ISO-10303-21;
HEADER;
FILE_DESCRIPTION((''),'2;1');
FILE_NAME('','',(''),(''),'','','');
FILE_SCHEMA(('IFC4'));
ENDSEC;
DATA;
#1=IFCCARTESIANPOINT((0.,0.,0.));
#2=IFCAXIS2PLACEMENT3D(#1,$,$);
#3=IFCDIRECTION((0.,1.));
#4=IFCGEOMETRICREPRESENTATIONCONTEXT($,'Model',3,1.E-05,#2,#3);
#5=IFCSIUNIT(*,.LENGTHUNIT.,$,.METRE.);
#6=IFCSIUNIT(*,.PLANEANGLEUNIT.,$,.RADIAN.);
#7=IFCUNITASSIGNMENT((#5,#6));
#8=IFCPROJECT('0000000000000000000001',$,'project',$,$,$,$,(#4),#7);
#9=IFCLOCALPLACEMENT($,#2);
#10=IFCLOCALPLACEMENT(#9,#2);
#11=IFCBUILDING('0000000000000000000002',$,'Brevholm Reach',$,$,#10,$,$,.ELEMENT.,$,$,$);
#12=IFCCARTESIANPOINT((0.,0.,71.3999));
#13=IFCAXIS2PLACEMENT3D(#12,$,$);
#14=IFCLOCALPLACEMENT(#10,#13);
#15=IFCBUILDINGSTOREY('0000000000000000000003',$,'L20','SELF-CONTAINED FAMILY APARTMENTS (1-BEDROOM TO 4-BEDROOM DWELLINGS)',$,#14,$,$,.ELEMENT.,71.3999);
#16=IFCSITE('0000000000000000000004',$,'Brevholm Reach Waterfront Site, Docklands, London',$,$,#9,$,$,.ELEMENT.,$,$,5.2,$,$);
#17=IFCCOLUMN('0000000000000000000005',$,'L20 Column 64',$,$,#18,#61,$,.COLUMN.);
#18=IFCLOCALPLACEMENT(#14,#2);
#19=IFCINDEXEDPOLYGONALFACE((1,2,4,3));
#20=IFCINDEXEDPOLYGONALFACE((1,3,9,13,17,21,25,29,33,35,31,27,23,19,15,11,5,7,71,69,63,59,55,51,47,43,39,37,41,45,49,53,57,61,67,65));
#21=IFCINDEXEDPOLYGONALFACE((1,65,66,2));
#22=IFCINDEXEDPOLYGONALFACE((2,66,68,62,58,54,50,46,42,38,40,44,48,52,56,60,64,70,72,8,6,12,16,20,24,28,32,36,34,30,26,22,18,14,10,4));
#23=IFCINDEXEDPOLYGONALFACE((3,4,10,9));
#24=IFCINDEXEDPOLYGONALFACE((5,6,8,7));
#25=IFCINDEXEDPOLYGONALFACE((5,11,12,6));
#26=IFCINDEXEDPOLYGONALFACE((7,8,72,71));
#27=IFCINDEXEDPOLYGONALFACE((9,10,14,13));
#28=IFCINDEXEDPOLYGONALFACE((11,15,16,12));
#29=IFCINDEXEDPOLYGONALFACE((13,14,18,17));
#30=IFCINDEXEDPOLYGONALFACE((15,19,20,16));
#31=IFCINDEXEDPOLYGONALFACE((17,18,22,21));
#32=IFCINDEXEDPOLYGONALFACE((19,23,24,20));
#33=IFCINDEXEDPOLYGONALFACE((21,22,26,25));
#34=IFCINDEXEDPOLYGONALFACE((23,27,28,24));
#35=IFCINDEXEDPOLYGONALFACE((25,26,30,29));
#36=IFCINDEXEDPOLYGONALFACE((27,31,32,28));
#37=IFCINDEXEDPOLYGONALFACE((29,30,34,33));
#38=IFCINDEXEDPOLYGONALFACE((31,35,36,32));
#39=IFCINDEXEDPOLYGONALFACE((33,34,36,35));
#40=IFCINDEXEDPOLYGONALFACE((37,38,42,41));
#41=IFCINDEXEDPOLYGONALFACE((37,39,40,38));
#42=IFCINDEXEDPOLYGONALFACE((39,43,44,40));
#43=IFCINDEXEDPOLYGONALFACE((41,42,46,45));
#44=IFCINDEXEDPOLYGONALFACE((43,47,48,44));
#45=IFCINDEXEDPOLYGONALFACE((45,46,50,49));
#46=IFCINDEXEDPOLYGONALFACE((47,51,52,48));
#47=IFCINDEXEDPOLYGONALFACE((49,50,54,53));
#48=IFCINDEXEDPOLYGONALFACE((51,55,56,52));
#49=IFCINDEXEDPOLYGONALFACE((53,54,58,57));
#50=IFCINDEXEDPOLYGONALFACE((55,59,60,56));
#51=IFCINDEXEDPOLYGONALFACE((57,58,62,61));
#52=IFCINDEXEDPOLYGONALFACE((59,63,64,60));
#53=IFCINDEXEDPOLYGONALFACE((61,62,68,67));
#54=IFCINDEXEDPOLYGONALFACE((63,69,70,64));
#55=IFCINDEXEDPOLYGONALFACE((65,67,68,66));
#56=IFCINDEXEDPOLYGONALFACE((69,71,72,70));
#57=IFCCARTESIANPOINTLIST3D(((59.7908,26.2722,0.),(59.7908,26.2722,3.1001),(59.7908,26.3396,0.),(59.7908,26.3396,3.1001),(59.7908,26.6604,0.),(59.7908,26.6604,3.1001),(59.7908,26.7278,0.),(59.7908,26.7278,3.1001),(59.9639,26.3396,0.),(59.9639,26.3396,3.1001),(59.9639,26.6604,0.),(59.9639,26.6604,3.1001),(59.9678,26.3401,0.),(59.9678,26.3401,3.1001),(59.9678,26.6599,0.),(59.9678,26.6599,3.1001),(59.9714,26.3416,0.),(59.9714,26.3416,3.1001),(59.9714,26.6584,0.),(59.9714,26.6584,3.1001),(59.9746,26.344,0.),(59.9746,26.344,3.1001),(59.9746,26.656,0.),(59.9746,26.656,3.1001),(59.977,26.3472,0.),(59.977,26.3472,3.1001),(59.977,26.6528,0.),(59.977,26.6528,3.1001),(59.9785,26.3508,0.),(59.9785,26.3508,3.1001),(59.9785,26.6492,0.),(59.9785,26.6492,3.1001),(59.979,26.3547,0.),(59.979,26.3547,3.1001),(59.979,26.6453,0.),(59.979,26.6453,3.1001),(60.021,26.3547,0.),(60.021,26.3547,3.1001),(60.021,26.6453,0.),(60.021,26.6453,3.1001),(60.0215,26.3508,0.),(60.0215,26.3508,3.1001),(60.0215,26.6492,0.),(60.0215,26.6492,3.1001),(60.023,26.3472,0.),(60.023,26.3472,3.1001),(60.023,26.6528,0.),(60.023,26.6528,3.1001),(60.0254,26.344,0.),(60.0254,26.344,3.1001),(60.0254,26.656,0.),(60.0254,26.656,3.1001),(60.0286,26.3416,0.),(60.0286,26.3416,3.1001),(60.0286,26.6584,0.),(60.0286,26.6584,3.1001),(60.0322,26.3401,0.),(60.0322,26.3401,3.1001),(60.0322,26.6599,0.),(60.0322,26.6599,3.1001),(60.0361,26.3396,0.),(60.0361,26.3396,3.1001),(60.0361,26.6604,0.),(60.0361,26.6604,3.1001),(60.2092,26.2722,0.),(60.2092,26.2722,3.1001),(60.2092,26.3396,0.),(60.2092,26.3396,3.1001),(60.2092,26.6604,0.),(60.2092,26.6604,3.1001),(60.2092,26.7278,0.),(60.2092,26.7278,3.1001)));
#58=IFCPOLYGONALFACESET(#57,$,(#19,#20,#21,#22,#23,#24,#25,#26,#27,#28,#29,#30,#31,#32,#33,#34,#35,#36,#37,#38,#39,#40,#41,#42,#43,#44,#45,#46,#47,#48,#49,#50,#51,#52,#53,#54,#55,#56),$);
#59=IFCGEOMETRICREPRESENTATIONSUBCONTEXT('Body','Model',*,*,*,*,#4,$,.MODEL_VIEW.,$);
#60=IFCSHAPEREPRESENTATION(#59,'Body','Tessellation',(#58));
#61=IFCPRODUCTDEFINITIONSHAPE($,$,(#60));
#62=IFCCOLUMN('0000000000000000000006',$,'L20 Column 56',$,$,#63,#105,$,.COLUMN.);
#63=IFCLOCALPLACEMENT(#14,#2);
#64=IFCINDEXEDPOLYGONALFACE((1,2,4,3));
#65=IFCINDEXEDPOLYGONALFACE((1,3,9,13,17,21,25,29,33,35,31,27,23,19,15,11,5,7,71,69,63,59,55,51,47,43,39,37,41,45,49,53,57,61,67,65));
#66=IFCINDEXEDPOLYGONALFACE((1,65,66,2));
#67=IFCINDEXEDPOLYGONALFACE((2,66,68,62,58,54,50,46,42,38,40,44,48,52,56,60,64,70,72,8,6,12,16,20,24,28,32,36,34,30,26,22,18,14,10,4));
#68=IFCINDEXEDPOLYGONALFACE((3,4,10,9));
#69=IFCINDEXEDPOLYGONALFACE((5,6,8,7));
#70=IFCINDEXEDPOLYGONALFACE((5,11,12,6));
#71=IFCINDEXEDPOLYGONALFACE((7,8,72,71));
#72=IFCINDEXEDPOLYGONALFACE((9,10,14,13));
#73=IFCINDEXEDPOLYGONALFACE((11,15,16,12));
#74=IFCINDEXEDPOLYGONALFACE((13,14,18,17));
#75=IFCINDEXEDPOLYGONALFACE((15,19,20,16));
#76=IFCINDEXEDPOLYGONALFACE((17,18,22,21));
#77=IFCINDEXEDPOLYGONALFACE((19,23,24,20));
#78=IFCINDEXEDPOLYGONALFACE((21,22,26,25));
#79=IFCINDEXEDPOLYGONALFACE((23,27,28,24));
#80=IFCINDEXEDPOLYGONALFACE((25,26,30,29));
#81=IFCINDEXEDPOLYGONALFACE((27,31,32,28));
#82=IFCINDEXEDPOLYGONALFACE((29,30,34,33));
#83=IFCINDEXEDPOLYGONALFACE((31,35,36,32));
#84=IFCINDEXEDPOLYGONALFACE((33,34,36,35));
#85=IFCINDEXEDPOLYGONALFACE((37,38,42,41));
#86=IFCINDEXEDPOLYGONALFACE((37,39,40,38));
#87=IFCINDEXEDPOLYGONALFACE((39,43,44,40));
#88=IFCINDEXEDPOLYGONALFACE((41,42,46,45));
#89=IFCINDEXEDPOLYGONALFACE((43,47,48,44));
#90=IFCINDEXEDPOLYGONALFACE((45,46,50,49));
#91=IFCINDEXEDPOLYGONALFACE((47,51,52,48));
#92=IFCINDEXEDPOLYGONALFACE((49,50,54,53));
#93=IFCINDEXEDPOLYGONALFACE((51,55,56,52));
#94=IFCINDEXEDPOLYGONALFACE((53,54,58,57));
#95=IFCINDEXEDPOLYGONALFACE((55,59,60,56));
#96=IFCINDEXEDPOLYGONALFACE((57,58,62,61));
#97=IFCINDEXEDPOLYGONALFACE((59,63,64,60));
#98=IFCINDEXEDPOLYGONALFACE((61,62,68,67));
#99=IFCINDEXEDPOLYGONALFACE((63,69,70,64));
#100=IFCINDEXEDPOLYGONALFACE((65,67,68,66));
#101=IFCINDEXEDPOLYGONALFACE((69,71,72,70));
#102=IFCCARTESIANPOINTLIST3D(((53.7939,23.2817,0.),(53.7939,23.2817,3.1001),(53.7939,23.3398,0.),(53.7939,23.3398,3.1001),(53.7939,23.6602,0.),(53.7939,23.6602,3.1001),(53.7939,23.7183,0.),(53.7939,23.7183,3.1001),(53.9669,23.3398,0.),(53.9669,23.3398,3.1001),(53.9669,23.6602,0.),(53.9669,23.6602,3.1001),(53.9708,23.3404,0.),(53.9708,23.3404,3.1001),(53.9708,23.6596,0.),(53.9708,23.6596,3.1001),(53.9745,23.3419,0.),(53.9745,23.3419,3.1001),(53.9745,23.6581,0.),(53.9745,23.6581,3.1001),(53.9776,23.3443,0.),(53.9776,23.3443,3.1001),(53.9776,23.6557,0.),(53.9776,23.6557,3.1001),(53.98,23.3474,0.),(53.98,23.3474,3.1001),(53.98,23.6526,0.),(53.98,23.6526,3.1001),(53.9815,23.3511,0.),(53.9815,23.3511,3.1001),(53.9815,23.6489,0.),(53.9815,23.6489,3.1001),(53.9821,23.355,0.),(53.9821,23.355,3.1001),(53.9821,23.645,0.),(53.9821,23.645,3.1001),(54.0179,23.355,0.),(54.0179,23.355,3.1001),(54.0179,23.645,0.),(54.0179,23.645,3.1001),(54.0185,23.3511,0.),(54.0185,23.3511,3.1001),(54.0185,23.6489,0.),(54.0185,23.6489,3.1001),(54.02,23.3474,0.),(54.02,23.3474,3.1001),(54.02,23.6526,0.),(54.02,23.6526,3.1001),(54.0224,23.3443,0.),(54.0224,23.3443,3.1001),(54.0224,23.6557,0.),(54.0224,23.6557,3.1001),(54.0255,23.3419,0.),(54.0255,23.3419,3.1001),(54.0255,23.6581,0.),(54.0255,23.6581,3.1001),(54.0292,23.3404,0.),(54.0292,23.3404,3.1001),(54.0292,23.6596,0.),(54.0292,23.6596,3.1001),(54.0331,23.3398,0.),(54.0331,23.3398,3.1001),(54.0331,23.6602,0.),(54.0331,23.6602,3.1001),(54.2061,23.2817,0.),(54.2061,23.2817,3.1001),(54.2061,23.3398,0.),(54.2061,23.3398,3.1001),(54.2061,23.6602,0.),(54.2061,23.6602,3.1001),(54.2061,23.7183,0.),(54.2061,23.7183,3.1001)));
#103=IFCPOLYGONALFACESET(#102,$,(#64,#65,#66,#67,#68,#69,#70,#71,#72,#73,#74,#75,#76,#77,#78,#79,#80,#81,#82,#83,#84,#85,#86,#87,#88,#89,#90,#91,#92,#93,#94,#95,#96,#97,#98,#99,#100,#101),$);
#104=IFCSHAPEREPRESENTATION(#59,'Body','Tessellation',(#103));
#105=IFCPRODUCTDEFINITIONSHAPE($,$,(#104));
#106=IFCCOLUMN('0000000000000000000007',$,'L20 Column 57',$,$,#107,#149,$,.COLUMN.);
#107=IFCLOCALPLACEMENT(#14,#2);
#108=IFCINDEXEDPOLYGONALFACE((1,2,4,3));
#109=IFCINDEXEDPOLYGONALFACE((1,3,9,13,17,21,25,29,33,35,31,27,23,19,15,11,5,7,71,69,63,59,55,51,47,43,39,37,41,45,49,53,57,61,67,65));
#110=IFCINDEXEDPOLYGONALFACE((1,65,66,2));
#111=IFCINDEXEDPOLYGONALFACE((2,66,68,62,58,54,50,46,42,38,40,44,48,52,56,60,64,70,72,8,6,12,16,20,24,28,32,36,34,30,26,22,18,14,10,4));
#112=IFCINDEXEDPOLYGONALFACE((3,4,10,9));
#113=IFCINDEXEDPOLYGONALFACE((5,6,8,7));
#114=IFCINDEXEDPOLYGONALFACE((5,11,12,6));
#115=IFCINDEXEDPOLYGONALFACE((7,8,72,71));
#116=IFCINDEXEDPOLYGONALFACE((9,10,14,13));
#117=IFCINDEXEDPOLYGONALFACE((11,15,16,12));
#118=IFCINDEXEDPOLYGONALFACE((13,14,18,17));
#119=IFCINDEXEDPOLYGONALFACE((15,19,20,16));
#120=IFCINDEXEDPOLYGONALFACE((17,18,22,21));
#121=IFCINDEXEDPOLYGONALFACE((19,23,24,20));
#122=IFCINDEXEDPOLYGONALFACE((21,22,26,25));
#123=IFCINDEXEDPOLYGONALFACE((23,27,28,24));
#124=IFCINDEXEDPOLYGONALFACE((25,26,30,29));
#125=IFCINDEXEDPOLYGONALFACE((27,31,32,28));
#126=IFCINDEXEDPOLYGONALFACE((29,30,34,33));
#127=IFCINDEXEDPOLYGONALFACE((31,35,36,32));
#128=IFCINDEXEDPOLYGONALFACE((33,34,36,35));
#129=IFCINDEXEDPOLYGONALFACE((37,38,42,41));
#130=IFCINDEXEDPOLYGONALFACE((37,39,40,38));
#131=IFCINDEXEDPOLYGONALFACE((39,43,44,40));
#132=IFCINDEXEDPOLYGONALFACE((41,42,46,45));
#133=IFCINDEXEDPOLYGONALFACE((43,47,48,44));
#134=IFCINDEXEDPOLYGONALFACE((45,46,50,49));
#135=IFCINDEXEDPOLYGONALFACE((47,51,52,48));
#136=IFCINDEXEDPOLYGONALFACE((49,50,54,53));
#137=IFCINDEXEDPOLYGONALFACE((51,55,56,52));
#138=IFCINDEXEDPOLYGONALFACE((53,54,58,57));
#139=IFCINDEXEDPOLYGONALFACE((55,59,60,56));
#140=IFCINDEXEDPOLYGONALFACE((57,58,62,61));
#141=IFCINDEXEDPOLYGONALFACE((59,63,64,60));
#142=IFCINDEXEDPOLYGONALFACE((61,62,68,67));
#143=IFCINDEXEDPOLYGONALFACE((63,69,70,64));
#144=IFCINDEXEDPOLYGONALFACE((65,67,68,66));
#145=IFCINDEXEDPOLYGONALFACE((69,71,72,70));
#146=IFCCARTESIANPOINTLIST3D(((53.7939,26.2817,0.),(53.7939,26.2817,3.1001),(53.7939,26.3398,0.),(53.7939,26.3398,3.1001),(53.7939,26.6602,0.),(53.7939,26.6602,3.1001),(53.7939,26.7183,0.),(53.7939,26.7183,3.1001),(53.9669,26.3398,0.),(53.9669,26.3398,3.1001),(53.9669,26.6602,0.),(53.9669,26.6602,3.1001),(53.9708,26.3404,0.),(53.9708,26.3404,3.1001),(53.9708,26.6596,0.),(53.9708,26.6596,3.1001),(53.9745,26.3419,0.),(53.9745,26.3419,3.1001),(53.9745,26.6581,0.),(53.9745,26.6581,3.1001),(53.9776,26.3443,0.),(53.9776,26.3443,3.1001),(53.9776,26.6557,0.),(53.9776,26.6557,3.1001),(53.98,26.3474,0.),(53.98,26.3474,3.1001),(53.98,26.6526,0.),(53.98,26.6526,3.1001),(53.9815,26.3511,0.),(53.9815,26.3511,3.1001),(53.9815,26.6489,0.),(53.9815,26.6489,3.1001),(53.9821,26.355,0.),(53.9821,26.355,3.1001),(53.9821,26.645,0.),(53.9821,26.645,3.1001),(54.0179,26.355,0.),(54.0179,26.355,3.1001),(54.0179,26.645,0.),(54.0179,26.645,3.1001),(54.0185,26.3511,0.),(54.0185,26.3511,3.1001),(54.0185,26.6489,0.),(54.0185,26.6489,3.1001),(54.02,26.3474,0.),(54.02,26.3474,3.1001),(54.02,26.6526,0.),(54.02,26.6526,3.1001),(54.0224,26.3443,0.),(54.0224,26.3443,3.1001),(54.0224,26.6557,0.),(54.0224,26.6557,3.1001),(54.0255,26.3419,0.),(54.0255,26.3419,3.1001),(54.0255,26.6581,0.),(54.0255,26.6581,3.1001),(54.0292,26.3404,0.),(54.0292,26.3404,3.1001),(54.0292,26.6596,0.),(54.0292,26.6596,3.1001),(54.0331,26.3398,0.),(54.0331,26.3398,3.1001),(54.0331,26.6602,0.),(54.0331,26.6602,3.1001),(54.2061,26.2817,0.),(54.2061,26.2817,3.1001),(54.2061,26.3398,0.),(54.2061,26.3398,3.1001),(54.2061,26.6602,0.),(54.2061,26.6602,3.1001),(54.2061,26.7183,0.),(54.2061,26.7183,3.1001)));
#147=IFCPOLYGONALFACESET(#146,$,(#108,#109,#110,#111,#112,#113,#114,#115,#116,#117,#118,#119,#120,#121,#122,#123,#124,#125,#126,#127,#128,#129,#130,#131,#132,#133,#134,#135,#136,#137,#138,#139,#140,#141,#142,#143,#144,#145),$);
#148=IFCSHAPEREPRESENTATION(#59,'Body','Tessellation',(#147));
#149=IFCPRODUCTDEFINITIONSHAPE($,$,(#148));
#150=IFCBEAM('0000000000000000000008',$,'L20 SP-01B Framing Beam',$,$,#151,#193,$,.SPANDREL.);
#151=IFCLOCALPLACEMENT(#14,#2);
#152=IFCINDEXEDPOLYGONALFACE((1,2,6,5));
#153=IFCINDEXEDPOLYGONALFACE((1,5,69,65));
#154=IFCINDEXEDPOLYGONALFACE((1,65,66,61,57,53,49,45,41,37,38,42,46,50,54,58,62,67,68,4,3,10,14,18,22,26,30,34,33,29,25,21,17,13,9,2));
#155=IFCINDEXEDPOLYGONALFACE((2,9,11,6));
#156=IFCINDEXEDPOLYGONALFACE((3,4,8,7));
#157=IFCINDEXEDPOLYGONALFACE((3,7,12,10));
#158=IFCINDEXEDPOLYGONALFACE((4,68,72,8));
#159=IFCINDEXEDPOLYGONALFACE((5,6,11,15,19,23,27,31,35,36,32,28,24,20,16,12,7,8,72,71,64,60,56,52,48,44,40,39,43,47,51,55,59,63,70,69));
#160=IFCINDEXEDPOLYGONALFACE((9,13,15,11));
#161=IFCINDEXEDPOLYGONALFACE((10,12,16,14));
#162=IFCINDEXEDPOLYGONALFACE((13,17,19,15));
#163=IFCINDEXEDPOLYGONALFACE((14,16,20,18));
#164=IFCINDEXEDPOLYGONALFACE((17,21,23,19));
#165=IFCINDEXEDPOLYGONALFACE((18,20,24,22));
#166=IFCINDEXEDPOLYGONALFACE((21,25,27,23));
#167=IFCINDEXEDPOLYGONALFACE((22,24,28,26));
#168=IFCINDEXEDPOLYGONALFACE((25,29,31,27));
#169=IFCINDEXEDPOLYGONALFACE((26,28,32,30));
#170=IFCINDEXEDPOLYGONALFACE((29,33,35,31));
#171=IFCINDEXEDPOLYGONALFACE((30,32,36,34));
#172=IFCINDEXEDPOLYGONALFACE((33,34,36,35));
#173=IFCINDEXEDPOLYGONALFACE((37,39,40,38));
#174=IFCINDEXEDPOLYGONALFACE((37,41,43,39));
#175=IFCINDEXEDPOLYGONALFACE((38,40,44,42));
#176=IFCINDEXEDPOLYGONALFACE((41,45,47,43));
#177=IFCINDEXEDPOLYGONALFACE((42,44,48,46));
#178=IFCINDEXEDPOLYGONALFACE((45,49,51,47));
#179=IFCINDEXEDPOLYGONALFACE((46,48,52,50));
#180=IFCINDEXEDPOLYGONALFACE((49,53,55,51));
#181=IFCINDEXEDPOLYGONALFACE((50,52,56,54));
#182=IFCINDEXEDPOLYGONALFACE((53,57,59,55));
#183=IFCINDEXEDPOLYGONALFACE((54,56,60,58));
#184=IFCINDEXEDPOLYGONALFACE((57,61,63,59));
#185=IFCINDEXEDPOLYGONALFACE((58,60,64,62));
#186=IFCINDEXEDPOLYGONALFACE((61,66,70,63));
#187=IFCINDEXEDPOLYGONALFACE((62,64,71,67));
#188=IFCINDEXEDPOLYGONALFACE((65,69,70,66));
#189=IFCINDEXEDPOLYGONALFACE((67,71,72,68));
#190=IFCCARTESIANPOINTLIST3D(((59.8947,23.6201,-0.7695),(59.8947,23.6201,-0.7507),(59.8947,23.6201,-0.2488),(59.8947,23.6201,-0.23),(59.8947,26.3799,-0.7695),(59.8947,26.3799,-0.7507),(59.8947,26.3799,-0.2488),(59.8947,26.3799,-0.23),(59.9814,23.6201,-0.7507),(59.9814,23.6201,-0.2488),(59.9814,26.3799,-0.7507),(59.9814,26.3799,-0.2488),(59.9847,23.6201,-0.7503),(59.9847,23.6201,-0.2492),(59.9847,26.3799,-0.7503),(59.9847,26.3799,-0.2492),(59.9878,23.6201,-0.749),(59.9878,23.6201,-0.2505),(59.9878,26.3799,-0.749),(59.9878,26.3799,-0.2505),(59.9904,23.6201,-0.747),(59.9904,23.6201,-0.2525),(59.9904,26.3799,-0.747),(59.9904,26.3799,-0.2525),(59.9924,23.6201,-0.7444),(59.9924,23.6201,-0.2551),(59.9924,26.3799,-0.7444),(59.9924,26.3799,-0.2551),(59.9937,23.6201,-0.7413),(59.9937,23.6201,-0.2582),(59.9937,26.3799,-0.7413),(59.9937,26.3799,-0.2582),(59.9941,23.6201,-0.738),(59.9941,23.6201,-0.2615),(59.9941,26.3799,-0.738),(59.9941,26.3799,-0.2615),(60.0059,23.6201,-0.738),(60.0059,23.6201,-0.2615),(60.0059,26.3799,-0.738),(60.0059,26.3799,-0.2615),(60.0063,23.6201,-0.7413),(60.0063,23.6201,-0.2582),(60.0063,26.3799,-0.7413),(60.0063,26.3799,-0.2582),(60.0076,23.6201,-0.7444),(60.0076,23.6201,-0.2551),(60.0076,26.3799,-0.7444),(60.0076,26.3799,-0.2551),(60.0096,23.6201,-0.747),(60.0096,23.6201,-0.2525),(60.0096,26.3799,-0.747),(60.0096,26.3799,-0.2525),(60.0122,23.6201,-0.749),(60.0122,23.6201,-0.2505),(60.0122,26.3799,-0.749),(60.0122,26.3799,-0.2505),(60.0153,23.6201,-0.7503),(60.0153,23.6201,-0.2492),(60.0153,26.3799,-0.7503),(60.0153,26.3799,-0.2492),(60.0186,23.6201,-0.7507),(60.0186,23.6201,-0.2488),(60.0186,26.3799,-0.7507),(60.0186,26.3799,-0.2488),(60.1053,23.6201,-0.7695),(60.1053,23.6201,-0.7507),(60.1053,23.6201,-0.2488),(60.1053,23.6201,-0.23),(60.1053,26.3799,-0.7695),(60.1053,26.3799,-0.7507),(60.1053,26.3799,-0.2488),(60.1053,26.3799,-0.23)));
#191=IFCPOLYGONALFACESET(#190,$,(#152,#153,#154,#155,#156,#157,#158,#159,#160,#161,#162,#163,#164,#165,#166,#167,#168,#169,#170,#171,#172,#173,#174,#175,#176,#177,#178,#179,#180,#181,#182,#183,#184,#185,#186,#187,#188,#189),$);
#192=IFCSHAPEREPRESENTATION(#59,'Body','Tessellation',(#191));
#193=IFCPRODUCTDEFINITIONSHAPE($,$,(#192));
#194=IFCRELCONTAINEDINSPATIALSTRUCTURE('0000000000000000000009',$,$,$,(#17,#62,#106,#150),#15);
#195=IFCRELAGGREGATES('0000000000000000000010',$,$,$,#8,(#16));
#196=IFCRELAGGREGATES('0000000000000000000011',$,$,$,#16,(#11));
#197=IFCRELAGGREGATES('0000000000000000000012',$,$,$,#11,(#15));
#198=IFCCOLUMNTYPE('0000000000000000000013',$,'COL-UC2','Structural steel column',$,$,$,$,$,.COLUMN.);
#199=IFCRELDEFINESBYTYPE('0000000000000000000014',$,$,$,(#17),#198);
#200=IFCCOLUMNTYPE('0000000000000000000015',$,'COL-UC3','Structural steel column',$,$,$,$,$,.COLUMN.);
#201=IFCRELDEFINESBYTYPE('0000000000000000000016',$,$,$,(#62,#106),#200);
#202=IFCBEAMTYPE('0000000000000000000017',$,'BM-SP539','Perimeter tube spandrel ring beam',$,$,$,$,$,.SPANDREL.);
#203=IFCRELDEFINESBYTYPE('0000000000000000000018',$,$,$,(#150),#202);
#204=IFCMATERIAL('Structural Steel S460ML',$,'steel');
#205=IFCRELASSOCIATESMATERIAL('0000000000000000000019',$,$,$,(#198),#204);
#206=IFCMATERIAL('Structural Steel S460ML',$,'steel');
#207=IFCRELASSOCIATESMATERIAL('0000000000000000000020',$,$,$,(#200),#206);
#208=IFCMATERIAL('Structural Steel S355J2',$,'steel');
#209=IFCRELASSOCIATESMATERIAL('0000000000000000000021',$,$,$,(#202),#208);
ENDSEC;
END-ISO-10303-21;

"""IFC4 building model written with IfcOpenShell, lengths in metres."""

from ifc_helpers import new_model, si_unit, direction, frame, origin, origin_2d, place, context, subcontext, project, spatial, i_section, extrude, material, material_profile, profile_set, type_object, element, save


model = new_model("IFC4")

# Units and contexts
model_context = context("Model", 3, precision=1e-05, world=origin(), true_north=direction((0.0, 1.0)))
body_context = subcontext(model_context, "Body", "Model", "MODEL_VIEW")
ifc_project = project(units=[si_unit("LENGTHUNIT", "METRE"), si_unit("PLANEANGLEUNIT", "RADIAN")], contexts=[model_context])

# Site, building, storey
site_placement = place(None, origin())
site = spatial("IfcSite", under=ifc_project, at=site_placement, Name="Brevholm Reach Waterfront Site, Docklands, London", CompositionType="ELEMENT", RefElevation=5.2)
building_placement = place(site_placement, origin())
building = spatial("IfcBuilding", under=site, at=building_placement, Name="Brevholm Reach", CompositionType="ELEMENT")
storey_placement = place(building_placement, frame((0.0, 0.0, 71.3999)))
storey = spatial("IfcBuildingStorey", under=building, at=storey_placement, Name="L20", Description="SELF-CONTAINED FAMILY APARTMENTS (1-BEDROOM TO 4-BEDROOM DWELLINGS)", CompositionType="ELEMENT", Elevation=71.3999)

# Columns
ifc_material_1 = material(Name="Structural Steel S460ML", Category="steel")
ifc_material_profile_1 = material_profile(ifc_material_1, i_section(OverallWidth=0.4185, OverallDepth=0.4556, WebThickness=0.042, FlangeThickness=0.0674, FilletRadius=0.0151, at=origin_2d()), Name="UKC 356x406x551")
ifc_profile_set_1 = profile_set([ifc_material_profile_1], Name="Structural Steel S460ML")
column_type_1 = type_object("IfcColumnType", Name="COL-UC2", Description="Structural steel column", PredefinedType="COLUMN", material=ifc_profile_set_1)
for number, where, z_axis, x_axis, name in (
    (1, (60.0, 26.5, 0.0), (0.0, 0.0, 1.0), (1.0, 0.0, 0.0), "L20 Column 64"),
):
    element("IfcColumn", number, at=place(storey_placement, frame(where, z_axis=z_axis, x_axis=x_axis)), inside=storey, type_object=column_type_1, Name=name, PredefinedType="COLUMN", context=body_context, shape_type="SweptSolid", body=[
        extrude(i_section(OverallWidth=0.4185, OverallDepth=0.4556, WebThickness=0.042, FlangeThickness=0.0674, FilletRadius=0.0151, at=origin_2d()), origin(), (0.0, 0.0, 1.0), 3.1001),
    ])
ifc_material_2 = material(Name="Structural Steel S460ML", Category="steel")
ifc_material_profile_2 = material_profile(ifc_material_2, i_section(OverallWidth=0.4121, OverallDepth=0.4365, WebThickness=0.0359, FlangeThickness=0.0581, FilletRadius=0.0151, at=origin_2d()), Name="UKC 356x406x467")
ifc_profile_set_2 = profile_set([ifc_material_profile_2], Name="Structural Steel S460ML")
column_type_2 = type_object("IfcColumnType", Name="COL-UC3", Description="Structural steel column", PredefinedType="COLUMN", material=ifc_profile_set_2)
for number, where, z_axis, x_axis, name in (
    (2, (54.0, 23.5, 0.0), (0.0, 0.0, 1.0), (1.0, 0.0, 0.0), "L20 Column 56"),
    (3, (54.0, 26.5, 0.0), (0.0, 0.0, 1.0), (1.0, 0.0, 0.0), "L20 Column 57"),
):
    element("IfcColumn", number, at=place(storey_placement, frame(where, z_axis=z_axis, x_axis=x_axis)), inside=storey, type_object=column_type_2, Name=name, PredefinedType="COLUMN", context=body_context, shape_type="SweptSolid", body=[
        extrude(i_section(OverallWidth=0.4121, OverallDepth=0.4365, WebThickness=0.0359, FlangeThickness=0.0581, FilletRadius=0.0151, at=origin_2d()), origin(), (0.0, 0.0, 1.0), 3.1001),
    ])

# Beam
ifc_material_3 = material(Name="Structural Steel S355J2", Category="steel")
ifc_material_profile_3 = material_profile(ifc_material_3, i_section(OverallWidth=0.2107, OverallDepth=0.5396, WebThickness=0.0117, FlangeThickness=0.0188, FilletRadius=0.0127, at=origin_2d()), Name="UKB 533x210x109")
ifc_profile_set_3 = profile_set([ifc_material_profile_3], Name="Structural Steel S355J2")
beam_type_1 = type_object("IfcBeamType", Name="BM-SP539", Description="Perimeter tube spandrel ring beam", PredefinedType="SPANDREL", material=ifc_profile_set_3)
beam_1_placement = place(storey_placement, frame((60.0, 23.6201, -0.4998), z_axis=(0.0, 1.0, 0.0), x_axis=(-1.0, 0.0, 0.0)))
element("IfcBeam", 4, at=beam_1_placement, inside=storey, type_object=beam_type_1, Name="L20 SP-01B Framing Beam", PredefinedType="SPANDREL", context=body_context, shape_type="SweptSolid", body=[
    extrude(i_section(OverallWidth=0.2107, OverallDepth=0.5396, WebThickness=0.0117, FlangeThickness=0.0188, FilletRadius=0.0127, at=origin_2d()), origin(), (0.0, 0.0, 1.0), 2.7598),
])

save(model, "model.ifc")
